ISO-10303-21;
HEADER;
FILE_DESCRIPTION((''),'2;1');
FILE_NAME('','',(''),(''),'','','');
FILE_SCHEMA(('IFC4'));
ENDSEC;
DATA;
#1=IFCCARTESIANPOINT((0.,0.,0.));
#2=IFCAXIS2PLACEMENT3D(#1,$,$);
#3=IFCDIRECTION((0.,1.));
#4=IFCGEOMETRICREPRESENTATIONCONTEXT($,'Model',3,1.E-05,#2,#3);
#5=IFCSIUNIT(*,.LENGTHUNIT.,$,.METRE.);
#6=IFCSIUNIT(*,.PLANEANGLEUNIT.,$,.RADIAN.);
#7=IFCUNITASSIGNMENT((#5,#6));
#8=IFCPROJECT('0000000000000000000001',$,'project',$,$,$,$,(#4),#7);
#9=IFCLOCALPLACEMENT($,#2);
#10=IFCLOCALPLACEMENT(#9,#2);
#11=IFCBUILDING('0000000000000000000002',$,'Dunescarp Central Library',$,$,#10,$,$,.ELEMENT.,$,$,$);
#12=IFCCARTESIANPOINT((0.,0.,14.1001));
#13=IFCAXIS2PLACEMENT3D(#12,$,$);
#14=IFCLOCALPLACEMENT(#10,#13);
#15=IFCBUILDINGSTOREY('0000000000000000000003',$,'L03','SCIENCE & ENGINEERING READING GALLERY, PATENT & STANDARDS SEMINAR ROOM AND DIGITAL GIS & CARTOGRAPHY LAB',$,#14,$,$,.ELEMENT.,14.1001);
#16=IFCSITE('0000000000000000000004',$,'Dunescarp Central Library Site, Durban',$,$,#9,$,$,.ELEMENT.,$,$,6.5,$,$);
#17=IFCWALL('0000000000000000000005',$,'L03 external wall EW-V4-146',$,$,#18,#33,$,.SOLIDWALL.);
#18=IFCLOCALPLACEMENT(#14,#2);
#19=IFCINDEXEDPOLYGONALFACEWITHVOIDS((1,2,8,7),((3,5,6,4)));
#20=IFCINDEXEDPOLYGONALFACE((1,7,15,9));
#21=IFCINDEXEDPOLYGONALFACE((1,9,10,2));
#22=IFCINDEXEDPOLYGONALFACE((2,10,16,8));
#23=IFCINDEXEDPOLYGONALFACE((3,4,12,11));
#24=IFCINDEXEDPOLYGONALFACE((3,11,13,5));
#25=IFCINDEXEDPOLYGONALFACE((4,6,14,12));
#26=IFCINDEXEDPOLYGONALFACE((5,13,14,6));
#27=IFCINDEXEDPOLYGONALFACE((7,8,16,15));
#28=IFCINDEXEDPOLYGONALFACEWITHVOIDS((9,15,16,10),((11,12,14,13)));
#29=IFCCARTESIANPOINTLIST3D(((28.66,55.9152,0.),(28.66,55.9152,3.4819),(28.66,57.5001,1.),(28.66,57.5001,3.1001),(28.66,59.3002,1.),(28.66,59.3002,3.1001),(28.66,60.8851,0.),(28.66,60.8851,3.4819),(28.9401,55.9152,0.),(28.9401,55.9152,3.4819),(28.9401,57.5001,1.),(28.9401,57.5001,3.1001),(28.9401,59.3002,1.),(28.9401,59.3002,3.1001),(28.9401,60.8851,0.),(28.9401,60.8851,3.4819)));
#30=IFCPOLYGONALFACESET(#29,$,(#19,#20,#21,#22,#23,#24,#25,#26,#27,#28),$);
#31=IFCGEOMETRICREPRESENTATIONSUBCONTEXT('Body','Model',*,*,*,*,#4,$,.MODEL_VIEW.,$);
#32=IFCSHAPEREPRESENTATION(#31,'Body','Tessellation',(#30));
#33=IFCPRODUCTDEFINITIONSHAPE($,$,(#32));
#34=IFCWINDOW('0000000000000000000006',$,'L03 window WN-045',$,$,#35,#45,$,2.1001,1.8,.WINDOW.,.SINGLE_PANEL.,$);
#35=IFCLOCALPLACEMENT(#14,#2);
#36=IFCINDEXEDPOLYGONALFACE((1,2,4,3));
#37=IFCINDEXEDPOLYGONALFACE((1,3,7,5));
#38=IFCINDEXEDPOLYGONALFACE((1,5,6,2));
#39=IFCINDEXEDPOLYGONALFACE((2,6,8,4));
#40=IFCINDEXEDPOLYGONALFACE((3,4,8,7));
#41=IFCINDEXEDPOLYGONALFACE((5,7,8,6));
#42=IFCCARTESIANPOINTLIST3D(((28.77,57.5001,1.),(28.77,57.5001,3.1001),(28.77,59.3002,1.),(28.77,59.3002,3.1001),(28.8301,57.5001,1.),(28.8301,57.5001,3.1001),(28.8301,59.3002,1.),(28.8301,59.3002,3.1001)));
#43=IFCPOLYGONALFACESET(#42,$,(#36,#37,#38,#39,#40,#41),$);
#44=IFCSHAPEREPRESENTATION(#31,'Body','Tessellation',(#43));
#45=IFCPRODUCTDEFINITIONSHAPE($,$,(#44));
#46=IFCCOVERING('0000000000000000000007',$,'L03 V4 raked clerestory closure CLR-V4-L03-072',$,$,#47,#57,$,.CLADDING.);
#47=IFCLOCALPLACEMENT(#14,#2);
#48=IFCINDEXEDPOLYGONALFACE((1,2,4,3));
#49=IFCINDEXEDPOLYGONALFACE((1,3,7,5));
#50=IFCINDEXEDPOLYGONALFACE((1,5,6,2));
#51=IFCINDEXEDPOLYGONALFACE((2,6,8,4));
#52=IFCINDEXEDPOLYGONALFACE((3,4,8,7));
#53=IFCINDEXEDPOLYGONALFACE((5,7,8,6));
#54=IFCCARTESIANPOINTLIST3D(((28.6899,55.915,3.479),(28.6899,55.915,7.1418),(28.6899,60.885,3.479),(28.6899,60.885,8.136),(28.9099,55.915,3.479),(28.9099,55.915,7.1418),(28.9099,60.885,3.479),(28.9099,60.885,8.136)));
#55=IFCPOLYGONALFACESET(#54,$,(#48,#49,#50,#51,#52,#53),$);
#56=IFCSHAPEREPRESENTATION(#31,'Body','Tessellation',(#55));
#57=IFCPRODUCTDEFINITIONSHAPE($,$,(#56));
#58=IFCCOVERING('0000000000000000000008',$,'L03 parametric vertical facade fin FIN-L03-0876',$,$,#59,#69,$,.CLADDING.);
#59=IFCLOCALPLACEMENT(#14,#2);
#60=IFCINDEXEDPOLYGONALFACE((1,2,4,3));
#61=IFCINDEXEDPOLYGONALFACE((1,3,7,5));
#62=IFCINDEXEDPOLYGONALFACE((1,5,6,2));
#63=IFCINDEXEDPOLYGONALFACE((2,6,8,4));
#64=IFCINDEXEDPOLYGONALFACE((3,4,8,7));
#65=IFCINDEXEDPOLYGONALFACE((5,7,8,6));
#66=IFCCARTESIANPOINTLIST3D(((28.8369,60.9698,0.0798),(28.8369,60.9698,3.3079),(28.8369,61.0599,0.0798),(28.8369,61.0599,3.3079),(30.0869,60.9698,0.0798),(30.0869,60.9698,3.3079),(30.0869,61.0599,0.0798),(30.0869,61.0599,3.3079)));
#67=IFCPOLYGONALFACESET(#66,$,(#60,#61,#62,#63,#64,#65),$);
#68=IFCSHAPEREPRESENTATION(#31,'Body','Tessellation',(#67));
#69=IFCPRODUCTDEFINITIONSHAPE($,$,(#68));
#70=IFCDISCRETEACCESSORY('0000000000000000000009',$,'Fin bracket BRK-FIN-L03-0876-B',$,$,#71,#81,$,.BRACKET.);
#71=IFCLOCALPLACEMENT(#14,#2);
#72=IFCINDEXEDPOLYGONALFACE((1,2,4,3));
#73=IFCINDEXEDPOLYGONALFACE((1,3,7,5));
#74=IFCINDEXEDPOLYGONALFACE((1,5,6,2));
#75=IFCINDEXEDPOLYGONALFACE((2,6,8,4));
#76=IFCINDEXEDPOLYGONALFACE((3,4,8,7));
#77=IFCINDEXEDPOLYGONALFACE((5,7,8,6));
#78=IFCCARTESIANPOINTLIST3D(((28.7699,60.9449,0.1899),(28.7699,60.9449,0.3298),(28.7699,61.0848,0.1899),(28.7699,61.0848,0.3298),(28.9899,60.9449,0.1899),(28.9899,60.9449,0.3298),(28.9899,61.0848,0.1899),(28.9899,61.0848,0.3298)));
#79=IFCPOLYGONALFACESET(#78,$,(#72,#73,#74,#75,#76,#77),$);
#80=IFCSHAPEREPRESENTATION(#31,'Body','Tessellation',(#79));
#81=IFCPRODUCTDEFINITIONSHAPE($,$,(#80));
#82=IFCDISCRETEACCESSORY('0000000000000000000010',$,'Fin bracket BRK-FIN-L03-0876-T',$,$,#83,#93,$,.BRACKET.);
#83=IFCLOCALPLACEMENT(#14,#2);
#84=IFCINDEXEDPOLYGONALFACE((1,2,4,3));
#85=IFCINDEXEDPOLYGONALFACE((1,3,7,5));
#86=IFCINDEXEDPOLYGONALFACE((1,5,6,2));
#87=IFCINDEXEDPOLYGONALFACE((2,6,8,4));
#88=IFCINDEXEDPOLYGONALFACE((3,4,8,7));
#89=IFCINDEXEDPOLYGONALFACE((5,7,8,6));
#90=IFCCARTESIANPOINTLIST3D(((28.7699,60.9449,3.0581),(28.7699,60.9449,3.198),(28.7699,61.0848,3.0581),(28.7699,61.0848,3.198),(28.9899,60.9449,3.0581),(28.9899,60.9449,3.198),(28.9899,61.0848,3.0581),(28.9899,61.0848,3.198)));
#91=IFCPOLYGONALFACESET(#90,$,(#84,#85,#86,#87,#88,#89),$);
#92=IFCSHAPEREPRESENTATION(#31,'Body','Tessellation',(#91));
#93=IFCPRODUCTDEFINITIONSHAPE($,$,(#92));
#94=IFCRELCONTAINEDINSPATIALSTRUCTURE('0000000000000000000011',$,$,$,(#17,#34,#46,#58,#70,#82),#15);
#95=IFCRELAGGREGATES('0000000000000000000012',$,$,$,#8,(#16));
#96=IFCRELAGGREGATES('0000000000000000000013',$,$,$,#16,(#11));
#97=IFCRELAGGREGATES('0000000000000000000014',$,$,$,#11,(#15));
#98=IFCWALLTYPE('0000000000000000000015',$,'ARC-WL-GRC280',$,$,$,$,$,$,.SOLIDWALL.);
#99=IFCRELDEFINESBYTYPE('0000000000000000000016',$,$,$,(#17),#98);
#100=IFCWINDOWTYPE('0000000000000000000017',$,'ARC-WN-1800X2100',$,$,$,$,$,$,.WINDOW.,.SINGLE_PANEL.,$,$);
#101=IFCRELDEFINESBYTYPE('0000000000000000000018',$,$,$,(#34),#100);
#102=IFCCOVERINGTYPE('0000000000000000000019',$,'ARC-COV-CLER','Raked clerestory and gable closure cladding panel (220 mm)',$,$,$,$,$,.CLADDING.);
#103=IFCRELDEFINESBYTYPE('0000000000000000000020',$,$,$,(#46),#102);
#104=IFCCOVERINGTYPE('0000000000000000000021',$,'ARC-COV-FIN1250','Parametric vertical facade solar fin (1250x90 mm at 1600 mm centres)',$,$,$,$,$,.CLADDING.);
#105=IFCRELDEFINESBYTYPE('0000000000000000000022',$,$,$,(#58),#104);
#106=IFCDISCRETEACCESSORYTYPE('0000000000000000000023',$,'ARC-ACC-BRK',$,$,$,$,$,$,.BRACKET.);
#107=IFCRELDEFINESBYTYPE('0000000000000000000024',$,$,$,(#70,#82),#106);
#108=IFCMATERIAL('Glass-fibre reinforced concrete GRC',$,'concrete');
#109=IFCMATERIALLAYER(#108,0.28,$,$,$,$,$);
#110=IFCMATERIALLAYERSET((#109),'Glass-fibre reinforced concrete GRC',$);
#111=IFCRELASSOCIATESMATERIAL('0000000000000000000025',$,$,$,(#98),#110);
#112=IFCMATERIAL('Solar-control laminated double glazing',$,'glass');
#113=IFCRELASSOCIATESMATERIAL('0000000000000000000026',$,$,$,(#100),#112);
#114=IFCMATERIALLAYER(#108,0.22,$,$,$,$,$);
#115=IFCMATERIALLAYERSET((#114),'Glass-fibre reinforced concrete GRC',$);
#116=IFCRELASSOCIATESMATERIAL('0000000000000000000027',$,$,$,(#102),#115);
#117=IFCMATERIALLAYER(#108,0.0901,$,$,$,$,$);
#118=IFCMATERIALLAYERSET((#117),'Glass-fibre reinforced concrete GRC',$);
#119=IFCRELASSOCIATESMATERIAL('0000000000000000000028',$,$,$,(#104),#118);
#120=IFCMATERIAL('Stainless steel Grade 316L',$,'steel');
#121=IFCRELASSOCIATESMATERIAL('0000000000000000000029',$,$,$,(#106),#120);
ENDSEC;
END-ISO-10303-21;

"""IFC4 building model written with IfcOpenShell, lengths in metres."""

from ifc_helpers import new_model, si_unit, direction, frame, frame_2d, origin, origin_2d, place, context, subcontext, project, spatial, polyline, rectangle, outline, extrude, material, layer, layer_set, type_object, element, fill, save


model = new_model("IFC4")

# Units and contexts
model_context = context("Model", 3, precision=1e-05, world=origin(), true_north=direction((0.0, 1.0)))
body_context = subcontext(model_context, "Body", "Model", "MODEL_VIEW")
ifc_project = project(units=[si_unit("LENGTHUNIT", "METRE"), si_unit("PLANEANGLEUNIT", "RADIAN")], contexts=[model_context])

# Site, building, storey
site_placement = place(None, origin())
site = spatial("IfcSite", under=ifc_project, at=site_placement, Name="Dunescarp Central Library Site, Durban", CompositionType="ELEMENT", RefElevation=6.5)
building_placement = place(site_placement, origin())
building = spatial("IfcBuilding", under=site, at=building_placement, Name="Dunescarp Central Library", CompositionType="ELEMENT")
storey_placement = place(building_placement, frame((0.0, 0.0, 14.1001)))
storey = spatial("IfcBuildingStorey", under=building, at=storey_placement, Name="L03", Description="SCIENCE & ENGINEERING READING GALLERY, PATENT & STANDARDS SEMINAR ROOM AND DIGITAL GIS & CARTOGRAPHY LAB", CompositionType="ELEMENT", Elevation=14.1001)

# Wall, opening, window
ifc_material_1 = material(Name="Glass-fibre reinforced concrete GRC", Category="concrete")
ifc_layer_1 = layer(ifc_material_1, 0.28)
ifc_layer_set_1 = layer_set([ifc_layer_1], Name="Glass-fibre reinforced concrete GRC")
wall_type_1 = type_object("IfcWallType", Name="ARC-WL-GRC280", PredefinedType="SOLIDWALL", material=ifc_layer_set_1)
wall_1_placement = place(storey_placement, frame((28.8, 60.885, 0.0), z_axis=(0.0, 0.0, 1.0), x_axis=(0.0, -1.0, 0.0)))
wall_1 = element("IfcWall", 1, at=wall_1_placement, inside=storey, type_object=wall_type_1, Name="L03 external wall EW-V4-146", PredefinedType="SOLIDWALL", context=body_context, shape_type="SweptSolid", body=[
    extrude(rectangle(XDim=4.97, YDim=0.28, at=frame_2d((2.4849, 0.0))), origin(), (0.0, 0.0, 1.0), 3.4819),
])
opening_1_placement = place(wall_1_placement, frame((1.585, 0.0, 1.0)))
opening_1 = element("IfcOpeningElement", 2, at=opening_1_placement, cuts=wall_1, PredefinedType="OPENING", context=body_context, shape_type="SweptSolid", body=[
    extrude(rectangle(XDim=1.8, YDim=2.1001, at=frame_2d((0.8999, 1.05))), frame((0.0, 0.1499, 0.0), z_axis=(0.0, -1.0, 0.0), x_axis=(1.0, 0.0, 0.0)), (0.0, 0.0, 1.0), 0.3),
])
ifc_material_2 = material(Name="Solar-control laminated double glazing", Category="glass")
window_type = type_object("IfcWindowType", Name="ARC-WN-1800X2100", PartitioningType="SINGLE_PANEL", PredefinedType="WINDOW", material=ifc_material_2)
window_placement = place(opening_1_placement, origin())
window = element("IfcWindow", 3, at=window_placement, inside=storey, type_object=window_type, Name="L03 window WN-045", OverallHeight=2.1001, OverallWidth=1.8, PartitioningType="SINGLE_PANEL", PredefinedType="WINDOW", context=body_context, shape_type="SweptSolid", body=[
    extrude(rectangle(XDim=1.8, YDim=2.1001, at=frame_2d((0.8999, 1.05))), frame((0.0, 0.03, 0.0), z_axis=(0.0, -1.0, 0.0), x_axis=(1.0, 0.0, 0.0)), (0.0, 0.0, 1.0), 0.0601),
])
fill(opening_1, window)

# Coverings
ifc_layer_2 = layer(ifc_material_1, 0.22)
ifc_layer_set_2 = layer_set([ifc_layer_2], Name="Glass-fibre reinforced concrete GRC")
covering_type_1 = type_object("IfcCoveringType", Name="ARC-COV-CLER", Description="Raked clerestory and gable closure cladding panel (220 mm)", PredefinedType="CLADDING", material=ifc_layer_set_2)
covering_1_placement = place(storey_placement, frame((28.8, 60.885, 3.479), z_axis=(0.0, 0.0, 1.0), x_axis=(0.0, -1.0, 0.0)))
element("IfcCovering", 4, at=covering_1_placement, inside=storey, type_object=covering_type_1, Name="L03 V4 raked clerestory closure CLR-V4-L03-072", PredefinedType="CLADDING", context=body_context, shape_type="SweptSolid", body=[
    extrude(outline(polyline([(0.0, 0.0), (4.97, 0.0), (4.97, 3.6628), (0.0, 4.657), (0.0, 0.0)])), frame((0.0, 0.1099, 0.0), z_axis=(0.0, -1.0, 0.0), x_axis=(1.0, 0.0, 0.0)), (0.0, 0.0, 1.0), 0.22),
])
ifc_layer_3 = layer(ifc_material_1, 0.0901)
ifc_layer_set_3 = layer_set([ifc_layer_3], Name="Glass-fibre reinforced concrete GRC")
covering_type_2 = type_object("IfcCoveringType", Name="ARC-COV-FIN1250", Description="Parametric vertical facade solar fin (1250x90 mm at 1600 mm centres)", PredefinedType="CLADDING", material=ifc_layer_set_3)
covering_2_placement = place(storey_placement, frame((29.4619, 61.0149, 0.0798), z_axis=(0.0, 0.0, 1.0), x_axis=(1.0, 0.0, 0.0)))
element("IfcCovering", 5, at=covering_2_placement, inside=storey, type_object=covering_type_2, Name="L03 parametric vertical facade fin FIN-L03-0876", PredefinedType="CLADDING", context=body_context, shape_type="SweptSolid", body=[
    extrude(rectangle(XDim=1.25, YDim=0.0901, at=origin_2d()), origin(), (0.0, 0.0, 1.0), 3.228),
])

# Discrete accessories
ifc_material_3 = material(Name="Stainless steel Grade 316L", Category="steel")
discrete_accessory_type = type_object("IfcDiscreteAccessoryType", Name="ARC-ACC-BRK", PredefinedType="BRACKET", material=ifc_material_3)
for number, where, z_axis, x_axis, name in (
    (6, (28.8799, 61.0149, 0.1899), (0.0, 0.0, 1.0), (1.0, 0.0, 0.0), "Fin bracket BRK-FIN-L03-0876-B"),
    (7, (28.8799, 61.0149, 3.0581), (0.0, 0.0, 1.0), (1.0, 0.0, 0.0), "Fin bracket BRK-FIN-L03-0876-T"),
):
    element("IfcDiscreteAccessory", number, at=place(storey_placement, frame(where, z_axis=z_axis, x_axis=x_axis)), inside=storey, type_object=discrete_accessory_type, Name=name, PredefinedType="BRACKET", context=body_context, shape_type="SweptSolid", body=[
        extrude(rectangle(XDim=0.22, YDim=0.1399, at=origin_2d()), origin(), (0.0, 0.0, 1.0), 0.1399),
    ])

save(model, "model.ifc")
